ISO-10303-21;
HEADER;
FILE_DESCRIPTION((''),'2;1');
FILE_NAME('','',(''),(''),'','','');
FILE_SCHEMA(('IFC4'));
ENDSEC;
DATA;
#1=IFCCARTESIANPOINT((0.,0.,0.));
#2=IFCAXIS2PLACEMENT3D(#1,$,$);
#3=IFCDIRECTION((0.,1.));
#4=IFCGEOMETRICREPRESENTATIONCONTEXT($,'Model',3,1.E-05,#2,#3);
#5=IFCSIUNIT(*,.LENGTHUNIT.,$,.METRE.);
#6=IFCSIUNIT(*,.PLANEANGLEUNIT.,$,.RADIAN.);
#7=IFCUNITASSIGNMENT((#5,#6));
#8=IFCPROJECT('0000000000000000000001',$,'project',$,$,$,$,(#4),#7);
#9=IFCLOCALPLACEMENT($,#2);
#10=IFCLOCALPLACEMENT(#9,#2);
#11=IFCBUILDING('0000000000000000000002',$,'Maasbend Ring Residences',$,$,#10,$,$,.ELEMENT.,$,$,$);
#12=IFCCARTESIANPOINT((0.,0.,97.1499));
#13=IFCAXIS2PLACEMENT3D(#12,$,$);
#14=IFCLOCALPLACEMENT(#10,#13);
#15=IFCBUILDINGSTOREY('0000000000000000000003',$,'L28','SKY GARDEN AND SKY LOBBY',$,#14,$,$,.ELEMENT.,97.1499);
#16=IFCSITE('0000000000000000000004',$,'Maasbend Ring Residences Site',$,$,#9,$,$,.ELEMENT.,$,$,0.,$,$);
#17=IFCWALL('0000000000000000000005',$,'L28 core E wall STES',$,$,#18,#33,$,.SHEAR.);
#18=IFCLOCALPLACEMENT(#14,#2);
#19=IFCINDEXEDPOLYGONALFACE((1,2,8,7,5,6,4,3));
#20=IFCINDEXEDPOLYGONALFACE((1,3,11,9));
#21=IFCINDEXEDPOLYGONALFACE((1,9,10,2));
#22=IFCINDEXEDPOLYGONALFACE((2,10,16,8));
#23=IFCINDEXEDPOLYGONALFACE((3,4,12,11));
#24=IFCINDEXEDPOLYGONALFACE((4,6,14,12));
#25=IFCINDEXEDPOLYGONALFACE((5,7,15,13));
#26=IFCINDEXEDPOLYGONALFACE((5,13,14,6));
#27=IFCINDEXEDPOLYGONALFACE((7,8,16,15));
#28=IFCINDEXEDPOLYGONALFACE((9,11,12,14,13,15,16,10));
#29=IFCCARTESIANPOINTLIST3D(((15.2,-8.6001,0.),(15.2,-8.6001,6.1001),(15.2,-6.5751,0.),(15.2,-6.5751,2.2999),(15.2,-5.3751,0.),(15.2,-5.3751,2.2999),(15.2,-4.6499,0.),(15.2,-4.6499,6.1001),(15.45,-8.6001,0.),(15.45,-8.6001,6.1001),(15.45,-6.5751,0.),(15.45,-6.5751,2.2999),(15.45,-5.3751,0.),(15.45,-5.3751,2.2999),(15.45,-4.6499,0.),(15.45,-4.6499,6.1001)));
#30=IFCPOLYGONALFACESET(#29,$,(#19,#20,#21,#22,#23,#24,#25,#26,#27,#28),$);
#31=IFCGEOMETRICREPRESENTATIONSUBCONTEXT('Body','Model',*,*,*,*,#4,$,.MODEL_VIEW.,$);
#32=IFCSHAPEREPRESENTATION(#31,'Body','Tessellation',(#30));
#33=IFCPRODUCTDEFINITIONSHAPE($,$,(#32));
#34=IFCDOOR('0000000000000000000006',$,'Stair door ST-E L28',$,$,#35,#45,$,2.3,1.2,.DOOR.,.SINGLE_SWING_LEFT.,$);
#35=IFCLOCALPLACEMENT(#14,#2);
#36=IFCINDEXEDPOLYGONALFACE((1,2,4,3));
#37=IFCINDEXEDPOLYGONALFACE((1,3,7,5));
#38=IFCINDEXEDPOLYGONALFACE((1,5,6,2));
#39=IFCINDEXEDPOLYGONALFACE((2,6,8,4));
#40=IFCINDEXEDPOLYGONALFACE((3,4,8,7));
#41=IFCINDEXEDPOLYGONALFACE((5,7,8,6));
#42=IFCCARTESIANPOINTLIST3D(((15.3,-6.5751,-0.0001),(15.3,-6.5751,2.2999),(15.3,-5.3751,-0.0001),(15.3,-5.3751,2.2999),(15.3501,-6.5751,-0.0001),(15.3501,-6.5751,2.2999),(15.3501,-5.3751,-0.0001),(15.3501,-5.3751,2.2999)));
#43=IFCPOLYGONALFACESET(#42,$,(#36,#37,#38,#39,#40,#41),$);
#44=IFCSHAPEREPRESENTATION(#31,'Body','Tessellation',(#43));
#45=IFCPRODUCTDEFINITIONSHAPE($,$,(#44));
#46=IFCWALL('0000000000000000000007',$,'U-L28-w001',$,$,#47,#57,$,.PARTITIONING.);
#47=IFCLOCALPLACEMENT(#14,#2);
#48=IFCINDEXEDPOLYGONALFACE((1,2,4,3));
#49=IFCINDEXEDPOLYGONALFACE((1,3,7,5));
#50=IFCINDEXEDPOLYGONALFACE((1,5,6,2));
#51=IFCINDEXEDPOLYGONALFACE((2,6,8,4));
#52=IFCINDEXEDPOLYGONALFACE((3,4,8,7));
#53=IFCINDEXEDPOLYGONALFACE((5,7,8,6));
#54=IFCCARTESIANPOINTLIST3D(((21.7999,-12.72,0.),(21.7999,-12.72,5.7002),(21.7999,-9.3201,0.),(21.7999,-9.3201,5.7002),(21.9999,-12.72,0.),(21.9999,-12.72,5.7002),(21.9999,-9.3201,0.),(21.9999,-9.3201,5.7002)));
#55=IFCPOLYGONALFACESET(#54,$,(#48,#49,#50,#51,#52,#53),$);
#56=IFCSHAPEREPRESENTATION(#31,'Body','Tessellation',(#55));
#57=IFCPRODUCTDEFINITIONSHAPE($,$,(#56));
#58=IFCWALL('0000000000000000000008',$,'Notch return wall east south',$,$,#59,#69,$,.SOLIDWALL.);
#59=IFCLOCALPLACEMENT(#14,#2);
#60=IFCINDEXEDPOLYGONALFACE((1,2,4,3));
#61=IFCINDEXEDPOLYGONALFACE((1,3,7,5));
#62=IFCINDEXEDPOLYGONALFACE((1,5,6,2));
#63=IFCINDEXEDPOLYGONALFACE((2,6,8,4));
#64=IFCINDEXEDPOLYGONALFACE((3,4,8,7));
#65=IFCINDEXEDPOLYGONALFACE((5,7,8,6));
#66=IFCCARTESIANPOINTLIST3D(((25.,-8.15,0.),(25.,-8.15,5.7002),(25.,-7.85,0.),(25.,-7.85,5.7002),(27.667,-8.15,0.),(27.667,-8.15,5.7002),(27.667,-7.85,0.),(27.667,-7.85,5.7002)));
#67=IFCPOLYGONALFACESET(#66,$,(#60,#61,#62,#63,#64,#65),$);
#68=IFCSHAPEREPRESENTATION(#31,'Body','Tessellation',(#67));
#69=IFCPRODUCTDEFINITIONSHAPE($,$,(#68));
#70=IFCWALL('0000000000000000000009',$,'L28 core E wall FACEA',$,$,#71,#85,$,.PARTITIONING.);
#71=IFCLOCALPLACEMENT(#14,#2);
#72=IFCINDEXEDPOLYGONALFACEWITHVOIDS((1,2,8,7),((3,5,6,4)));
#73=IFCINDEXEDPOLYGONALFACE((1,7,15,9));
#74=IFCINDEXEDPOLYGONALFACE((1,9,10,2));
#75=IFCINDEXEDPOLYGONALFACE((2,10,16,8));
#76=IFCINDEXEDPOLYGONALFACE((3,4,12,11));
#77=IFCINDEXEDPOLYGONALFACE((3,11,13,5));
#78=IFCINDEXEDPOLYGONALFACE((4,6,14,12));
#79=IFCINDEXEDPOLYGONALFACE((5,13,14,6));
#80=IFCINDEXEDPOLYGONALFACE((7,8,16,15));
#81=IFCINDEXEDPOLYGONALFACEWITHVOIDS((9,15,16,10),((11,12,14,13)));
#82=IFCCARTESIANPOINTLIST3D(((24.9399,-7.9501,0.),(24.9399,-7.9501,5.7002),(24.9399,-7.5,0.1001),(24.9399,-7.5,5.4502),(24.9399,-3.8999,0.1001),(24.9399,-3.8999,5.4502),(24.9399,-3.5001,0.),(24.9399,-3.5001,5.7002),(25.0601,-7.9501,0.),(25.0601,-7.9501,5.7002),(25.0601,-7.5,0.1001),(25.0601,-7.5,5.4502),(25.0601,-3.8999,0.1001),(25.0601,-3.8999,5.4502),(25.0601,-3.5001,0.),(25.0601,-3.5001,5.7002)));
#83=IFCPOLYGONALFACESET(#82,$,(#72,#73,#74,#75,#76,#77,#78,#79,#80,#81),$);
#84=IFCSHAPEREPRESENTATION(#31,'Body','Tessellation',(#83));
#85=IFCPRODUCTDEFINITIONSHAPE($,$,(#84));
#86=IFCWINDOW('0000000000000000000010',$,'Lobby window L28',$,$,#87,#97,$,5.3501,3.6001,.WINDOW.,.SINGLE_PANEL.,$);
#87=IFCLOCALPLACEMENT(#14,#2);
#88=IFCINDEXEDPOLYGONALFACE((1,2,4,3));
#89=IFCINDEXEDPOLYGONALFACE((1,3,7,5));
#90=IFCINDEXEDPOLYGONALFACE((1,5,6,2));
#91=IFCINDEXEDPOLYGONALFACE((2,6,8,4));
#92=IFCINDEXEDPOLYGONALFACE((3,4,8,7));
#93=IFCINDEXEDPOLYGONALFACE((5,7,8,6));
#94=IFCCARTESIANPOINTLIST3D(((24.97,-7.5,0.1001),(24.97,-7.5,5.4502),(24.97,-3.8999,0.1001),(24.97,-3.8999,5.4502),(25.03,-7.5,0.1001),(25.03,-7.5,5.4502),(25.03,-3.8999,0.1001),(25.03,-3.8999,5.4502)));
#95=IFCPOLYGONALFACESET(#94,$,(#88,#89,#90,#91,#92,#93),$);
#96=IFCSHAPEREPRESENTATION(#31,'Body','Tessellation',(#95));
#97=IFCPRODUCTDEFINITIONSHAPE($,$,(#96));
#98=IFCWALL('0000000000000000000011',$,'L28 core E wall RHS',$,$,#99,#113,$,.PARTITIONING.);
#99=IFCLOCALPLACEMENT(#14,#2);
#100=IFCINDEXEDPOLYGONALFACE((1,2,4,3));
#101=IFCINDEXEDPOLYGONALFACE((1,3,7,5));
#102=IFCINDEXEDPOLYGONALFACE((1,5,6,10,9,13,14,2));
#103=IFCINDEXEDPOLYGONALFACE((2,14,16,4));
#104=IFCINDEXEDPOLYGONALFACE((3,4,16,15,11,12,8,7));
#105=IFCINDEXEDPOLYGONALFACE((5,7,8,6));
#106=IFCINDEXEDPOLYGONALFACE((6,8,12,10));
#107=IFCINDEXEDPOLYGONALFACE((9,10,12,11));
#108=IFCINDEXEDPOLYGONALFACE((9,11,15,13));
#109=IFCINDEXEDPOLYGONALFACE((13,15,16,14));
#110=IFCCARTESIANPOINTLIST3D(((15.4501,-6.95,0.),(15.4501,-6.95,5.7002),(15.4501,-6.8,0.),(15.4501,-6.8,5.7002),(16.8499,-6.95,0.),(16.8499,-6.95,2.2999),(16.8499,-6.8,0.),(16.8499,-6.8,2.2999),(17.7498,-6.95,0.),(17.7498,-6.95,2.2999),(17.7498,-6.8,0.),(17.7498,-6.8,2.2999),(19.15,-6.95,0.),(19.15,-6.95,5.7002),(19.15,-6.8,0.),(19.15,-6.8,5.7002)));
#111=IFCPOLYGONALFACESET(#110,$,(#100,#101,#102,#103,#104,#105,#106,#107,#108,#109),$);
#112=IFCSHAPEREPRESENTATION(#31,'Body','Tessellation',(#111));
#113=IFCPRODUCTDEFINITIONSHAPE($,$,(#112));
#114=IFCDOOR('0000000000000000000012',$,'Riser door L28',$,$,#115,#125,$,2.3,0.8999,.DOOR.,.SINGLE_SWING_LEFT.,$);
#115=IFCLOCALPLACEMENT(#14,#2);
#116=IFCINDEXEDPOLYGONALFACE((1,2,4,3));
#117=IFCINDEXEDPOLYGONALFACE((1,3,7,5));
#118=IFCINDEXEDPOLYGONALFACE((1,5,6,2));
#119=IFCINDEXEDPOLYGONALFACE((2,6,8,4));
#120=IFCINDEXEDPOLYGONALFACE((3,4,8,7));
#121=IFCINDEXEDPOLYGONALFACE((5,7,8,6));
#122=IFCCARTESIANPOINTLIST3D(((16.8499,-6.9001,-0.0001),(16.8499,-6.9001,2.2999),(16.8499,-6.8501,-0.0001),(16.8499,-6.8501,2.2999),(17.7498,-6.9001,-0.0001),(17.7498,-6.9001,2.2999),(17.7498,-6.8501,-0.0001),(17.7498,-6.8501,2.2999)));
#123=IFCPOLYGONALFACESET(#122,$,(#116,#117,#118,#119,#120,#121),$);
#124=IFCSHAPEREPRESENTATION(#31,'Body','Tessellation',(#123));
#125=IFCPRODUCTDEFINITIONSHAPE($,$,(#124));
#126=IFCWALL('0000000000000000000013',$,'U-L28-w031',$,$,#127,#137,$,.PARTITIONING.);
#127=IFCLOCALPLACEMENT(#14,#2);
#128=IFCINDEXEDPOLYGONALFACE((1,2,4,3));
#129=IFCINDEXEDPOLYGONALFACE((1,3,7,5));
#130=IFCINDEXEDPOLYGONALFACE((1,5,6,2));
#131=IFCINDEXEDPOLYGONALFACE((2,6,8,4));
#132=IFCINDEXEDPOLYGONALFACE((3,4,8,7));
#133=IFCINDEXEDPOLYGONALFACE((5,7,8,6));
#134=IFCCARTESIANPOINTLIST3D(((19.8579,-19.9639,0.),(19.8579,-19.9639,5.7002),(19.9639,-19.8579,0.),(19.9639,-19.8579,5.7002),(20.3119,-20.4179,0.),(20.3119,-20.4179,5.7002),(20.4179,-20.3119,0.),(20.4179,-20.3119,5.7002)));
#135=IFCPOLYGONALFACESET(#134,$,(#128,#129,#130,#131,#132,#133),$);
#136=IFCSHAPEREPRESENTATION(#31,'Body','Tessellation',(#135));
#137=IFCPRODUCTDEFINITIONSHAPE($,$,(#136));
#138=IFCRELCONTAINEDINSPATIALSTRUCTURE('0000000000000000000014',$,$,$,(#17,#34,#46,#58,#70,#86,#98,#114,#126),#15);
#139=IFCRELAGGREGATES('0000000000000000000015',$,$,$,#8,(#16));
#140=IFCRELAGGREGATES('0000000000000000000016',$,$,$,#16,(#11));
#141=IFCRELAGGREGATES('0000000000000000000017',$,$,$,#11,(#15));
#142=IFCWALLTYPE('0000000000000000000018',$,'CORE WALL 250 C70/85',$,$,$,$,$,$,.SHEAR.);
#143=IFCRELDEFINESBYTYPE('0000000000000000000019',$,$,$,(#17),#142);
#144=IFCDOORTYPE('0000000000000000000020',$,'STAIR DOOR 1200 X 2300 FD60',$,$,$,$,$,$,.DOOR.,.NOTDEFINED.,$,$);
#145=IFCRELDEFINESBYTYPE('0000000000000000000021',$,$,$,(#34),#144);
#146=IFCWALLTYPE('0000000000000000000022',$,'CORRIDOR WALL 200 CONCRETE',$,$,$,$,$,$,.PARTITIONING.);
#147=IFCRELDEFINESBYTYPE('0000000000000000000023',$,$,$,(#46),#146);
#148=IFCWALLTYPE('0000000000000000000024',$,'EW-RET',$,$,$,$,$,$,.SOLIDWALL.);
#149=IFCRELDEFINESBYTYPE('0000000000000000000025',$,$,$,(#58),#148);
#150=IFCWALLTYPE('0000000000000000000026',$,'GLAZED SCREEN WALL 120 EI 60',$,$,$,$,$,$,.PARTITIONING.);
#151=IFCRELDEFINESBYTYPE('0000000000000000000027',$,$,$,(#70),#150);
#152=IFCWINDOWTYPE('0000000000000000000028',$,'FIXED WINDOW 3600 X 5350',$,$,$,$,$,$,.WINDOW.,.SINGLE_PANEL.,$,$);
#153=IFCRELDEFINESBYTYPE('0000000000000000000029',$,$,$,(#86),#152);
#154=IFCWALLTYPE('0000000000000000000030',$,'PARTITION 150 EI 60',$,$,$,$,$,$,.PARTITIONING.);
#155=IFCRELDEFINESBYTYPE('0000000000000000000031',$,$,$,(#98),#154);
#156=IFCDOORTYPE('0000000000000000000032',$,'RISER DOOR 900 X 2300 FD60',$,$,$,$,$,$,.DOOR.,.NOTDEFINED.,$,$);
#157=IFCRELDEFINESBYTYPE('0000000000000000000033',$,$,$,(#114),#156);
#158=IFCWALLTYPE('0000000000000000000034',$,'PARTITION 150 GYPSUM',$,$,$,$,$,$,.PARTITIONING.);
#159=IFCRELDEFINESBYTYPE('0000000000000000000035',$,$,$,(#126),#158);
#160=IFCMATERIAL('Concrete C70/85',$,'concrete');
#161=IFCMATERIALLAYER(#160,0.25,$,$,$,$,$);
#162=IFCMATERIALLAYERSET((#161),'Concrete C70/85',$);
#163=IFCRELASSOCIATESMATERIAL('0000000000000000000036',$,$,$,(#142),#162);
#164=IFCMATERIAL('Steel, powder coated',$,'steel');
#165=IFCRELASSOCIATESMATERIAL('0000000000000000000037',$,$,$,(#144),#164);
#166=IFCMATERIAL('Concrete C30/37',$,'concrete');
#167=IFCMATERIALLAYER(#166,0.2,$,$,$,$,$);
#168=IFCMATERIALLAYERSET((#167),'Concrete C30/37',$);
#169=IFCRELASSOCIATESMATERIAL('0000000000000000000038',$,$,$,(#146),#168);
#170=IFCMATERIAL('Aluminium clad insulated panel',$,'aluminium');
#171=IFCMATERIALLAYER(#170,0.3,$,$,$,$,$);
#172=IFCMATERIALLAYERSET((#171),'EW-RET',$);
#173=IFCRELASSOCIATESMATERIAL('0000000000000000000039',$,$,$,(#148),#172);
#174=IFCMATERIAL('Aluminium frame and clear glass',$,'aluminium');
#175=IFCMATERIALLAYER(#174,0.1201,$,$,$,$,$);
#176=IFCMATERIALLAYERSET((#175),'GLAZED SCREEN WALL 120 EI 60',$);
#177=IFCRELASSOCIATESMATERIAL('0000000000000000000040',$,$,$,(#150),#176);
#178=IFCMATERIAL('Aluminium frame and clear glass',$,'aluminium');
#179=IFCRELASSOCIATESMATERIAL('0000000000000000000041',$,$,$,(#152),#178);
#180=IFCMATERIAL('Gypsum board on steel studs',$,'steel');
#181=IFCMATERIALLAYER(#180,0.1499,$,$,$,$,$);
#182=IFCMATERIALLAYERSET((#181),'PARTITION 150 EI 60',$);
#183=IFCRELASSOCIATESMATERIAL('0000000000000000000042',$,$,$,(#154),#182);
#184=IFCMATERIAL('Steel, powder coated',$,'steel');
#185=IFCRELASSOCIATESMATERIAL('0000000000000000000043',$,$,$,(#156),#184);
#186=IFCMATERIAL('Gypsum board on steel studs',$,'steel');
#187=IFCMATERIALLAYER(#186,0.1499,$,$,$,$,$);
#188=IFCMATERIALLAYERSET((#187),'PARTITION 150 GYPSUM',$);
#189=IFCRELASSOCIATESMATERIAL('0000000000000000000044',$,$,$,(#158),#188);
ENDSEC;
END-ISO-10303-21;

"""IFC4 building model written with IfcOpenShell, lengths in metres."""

from ifc_helpers import new_model, si_unit, direction, frame, frame_2d, origin, place, context, subcontext, project, spatial, rectangle, extrude, material, layer, layer_set, type_object, element, fill, save


model = new_model("IFC4")

# Units and contexts
model_context = context("Model", 3, precision=1e-05, world=origin(), true_north=direction((0.0, 1.0)))
body_context = subcontext(model_context, "Body", "Model", "MODEL_VIEW")
ifc_project = project(units=[si_unit("LENGTHUNIT", "METRE"), si_unit("PLANEANGLEUNIT", "RADIAN")], contexts=[model_context])

# Site, building, storey
site_placement = place(None, origin())
site = spatial("IfcSite", under=ifc_project, at=site_placement, Name="Maasbend Ring Residences Site", CompositionType="ELEMENT", RefElevation=0.0)
building_placement = place(site_placement, origin())
building = spatial("IfcBuilding", under=site, at=building_placement, Name="Maasbend Ring Residences", CompositionType="ELEMENT")
storey_placement = place(building_placement, frame((0.0, 0.0, 97.1499)))
storey = spatial("IfcBuildingStorey", under=building, at=storey_placement, Name="L28", Description="SKY GARDEN AND SKY LOBBY", CompositionType="ELEMENT", Elevation=97.1499)

# Wall, opening, door
ifc_material_1 = material(Name="Concrete C70/85", Category="concrete")
ifc_layer_1 = layer(ifc_material_1, 0.25)
ifc_layer_set_1 = layer_set([ifc_layer_1], Name="Concrete C70/85")
wall_type_1 = type_object("IfcWallType", Name="CORE WALL 250 C70/85", PredefinedType="SHEAR", material=ifc_layer_set_1)
wall_1_placement = place(storey_placement, frame((15.325, -8.6001, 0.0), z_axis=(0.0, 0.0, 1.0), x_axis=(0.0, 1.0, 0.0)))
wall_1 = element("IfcWall", 1, at=wall_1_placement, inside=storey, type_object=wall_type_1, Name="L28 core E wall STES", PredefinedType="SHEAR", context=body_context, shape_type="SweptSolid", body=[
    extrude(rectangle(XDim=3.9502, YDim=0.25, at=frame_2d((1.9751, 0.0))), origin(), (0.0, 0.0, 1.0), 6.1001),
])
opening_1_placement = place(wall_1_placement, frame((2.0249, 0.0, 0.0)))
opening_1 = element("IfcOpeningElement", 2, at=opening_1_placement, cuts=wall_1, PredefinedType="OPENING", context=body_context, shape_type="SweptSolid", body=[
    extrude(rectangle(XDim=1.2, YDim=2.3, at=frame_2d((0.6001, 1.1499))), frame((0.0, 0.135, 0.0), z_axis=(0.0, -1.0, 0.0), x_axis=(1.0, 0.0, 0.0)), (0.0, 0.0, 1.0), 0.27),
])
ifc_material_2 = material(Name="Steel, powder coated", Category="steel")
door_type_1 = type_object("IfcDoorType", Name="STAIR DOOR 1200 X 2300 FD60", OperationType="NOTDEFINED", PredefinedType="DOOR", material=ifc_material_2)
door_1_placement = place(opening_1_placement, origin())
door_1 = element("IfcDoor", 3, at=door_1_placement, inside=storey, type_object=door_type_1, Name="Stair door ST-E L28", OperationType="SINGLE_SWING_LEFT", OverallHeight=2.3, OverallWidth=1.2, PredefinedType="DOOR", context=body_context, shape_type="SweptSolid", body=[
    extrude(rectangle(XDim=1.2, YDim=2.3, at=frame_2d((0.6001, 1.1499))), frame((0.0, 0.0249, 0.0), z_axis=(0.0, -1.0, 0.0), x_axis=(1.0, 0.0, 0.0)), (0.0, 0.0, 1.0), 0.05),
])
fill(opening_1, door_1)

# Walls
ifc_material_3 = material(Name="Concrete C30/37", Category="concrete")
ifc_layer_2 = layer(ifc_material_3, 0.2)
ifc_layer_set_2 = layer_set([ifc_layer_2], Name="Concrete C30/37")
wall_type_2 = type_object("IfcWallType", Name="CORRIDOR WALL 200 CONCRETE", PredefinedType="PARTITIONING", material=ifc_layer_set_2)
wall_2_placement = place(storey_placement, frame((21.8999, -12.72, 0.0), z_axis=(0.0, 0.0, 1.0), x_axis=(0.0, 1.0, 0.0)))
element("IfcWall", 4, at=wall_2_placement, inside=storey, type_object=wall_type_2, Name="U-L28-w001", PredefinedType="PARTITIONING", context=body_context, shape_type="SweptSolid", body=[
    extrude(rectangle(XDim=3.3999, YDim=0.2, at=frame_2d((1.7, 0.0))), origin(), (0.0, 0.0, 1.0), 5.7002),
])
ifc_material_4 = material(Name="Aluminium clad insulated panel", Category="aluminium")
ifc_layer_3 = layer(ifc_material_4, 0.3)
ifc_layer_set_3 = layer_set([ifc_layer_3], Name="EW-RET")
wall_type_3 = type_object("IfcWallType", Name="EW-RET", PredefinedType="SOLIDWALL", material=ifc_layer_set_3)
wall_3_placement = place(storey_placement, frame((25.0, -8.0, 0.0), z_axis=(0.0, 0.0, 1.0), x_axis=(1.0, 0.0, 0.0)))
element("IfcWall", 5, at=wall_3_placement, inside=storey, type_object=wall_type_3, Name="Notch return wall east south", PredefinedType="SOLIDWALL", context=body_context, shape_type="SweptSolid", body=[
    extrude(rectangle(XDim=2.667, YDim=0.3, at=frame_2d((1.3335, 0.0))), origin(), (0.0, 0.0, 1.0), 5.7002),
])

# Wall, opening, window
ifc_material_5 = material(Name="Aluminium frame and clear glass", Category="aluminium")
ifc_layer_4 = layer(ifc_material_5, 0.1201)
ifc_layer_set_4 = layer_set([ifc_layer_4], Name="GLAZED SCREEN WALL 120 EI 60")
wall_type_4 = type_object("IfcWallType", Name="GLAZED SCREEN WALL 120 EI 60", PredefinedType="PARTITIONING", material=ifc_layer_set_4)
wall_4_placement = place(storey_placement, frame((25.0, -3.5, 0.0), z_axis=(0.0, 0.0, 1.0), x_axis=(0.0, -1.0, 0.0)))
wall_4 = element("IfcWall", 6, at=wall_4_placement, inside=storey, type_object=wall_type_4, Name="L28 core E wall FACEA", PredefinedType="PARTITIONING", context=body_context, shape_type="SweptSolid", body=[
    extrude(rectangle(XDim=4.45, YDim=0.1201, at=frame_2d((2.2251, 0.0))), origin(), (0.0, 0.0, 1.0), 5.7002),
])
opening_2_placement = place(wall_4_placement, frame((0.3999, 0.0, 0.1001)))
opening_2 = element("IfcOpeningElement", 7, at=opening_2_placement, cuts=wall_4, PredefinedType="OPENING", context=body_context, shape_type="SweptSolid", body=[
    extrude(rectangle(XDim=3.6001, YDim=5.3501, at=frame_2d((1.8, 2.675))), frame((0.0, 0.0701, 0.0), z_axis=(0.0, -1.0, 0.0), x_axis=(1.0, 0.0, 0.0)), (0.0, 0.0, 1.0), 0.1401),
])
ifc_material_6 = material(Name="Aluminium frame and clear glass", Category="aluminium")
window_type = type_object("IfcWindowType", Name="FIXED WINDOW 3600 X 5350", PartitioningType="SINGLE_PANEL", PredefinedType="WINDOW", material=ifc_material_6)
window_placement = place(opening_2_placement, origin())
window = element("IfcWindow", 8, at=window_placement, inside=storey, type_object=window_type, Name="Lobby window L28", OverallHeight=5.3501, OverallWidth=3.6001, PartitioningType="SINGLE_PANEL", PredefinedType="WINDOW", context=body_context, shape_type="SweptSolid", body=[
    extrude(rectangle(XDim=3.6001, YDim=5.3501, at=frame_2d((1.8, 2.675))), frame((0.0, 0.03, 0.0), z_axis=(0.0, -1.0, 0.0), x_axis=(1.0, 0.0, 0.0)), (0.0, 0.0, 1.0), 0.0601),
])
fill(opening_2, window)

# Wall, opening, door
ifc_material_7 = material(Name="Gypsum board on steel studs", Category="steel")
ifc_layer_5 = layer(ifc_material_7, 0.1499)
ifc_layer_set_5 = layer_set([ifc_layer_5], Name="PARTITION 150 EI 60")
wall_type_5 = type_object("IfcWallType", Name="PARTITION 150 EI 60", PredefinedType="PARTITIONING", material=ifc_layer_set_5)
wall_5_placement = place(storey_placement, frame((15.45, -6.875, 0.0), z_axis=(0.0, 0.0, 1.0), x_axis=(1.0, 0.0, 0.0)))
wall_5 = element("IfcWall", 9, at=wall_5_placement, inside=storey, type_object=wall_type_5, Name="L28 core E wall RHS", PredefinedType="PARTITIONING", context=body_context, shape_type="SweptSolid", body=[
    extrude(rectangle(XDim=3.7, YDim=0.1499, at=frame_2d((1.8501, 0.0))), origin(), (0.0, 0.0, 1.0), 5.7002),
])
opening_3_placement = place(wall_5_placement, frame((1.3999, 0.0, 0.0)))
opening_3 = element("IfcOpeningElement", 10, at=opening_3_placement, cuts=wall_5, PredefinedType="OPENING", context=body_context, shape_type="SweptSolid", body=[
    extrude(rectangle(XDim=0.8999, YDim=2.3, at=frame_2d((0.45, 1.1499))), frame((0.0, 0.085, 0.0), z_axis=(0.0, -1.0, 0.0), x_axis=(1.0, 0.0, 0.0)), (0.0, 0.0, 1.0), 0.1699),
])
ifc_material_8 = material(Name="Steel, powder coated", Category="steel")
door_type_2 = type_object("IfcDoorType", Name="RISER DOOR 900 X 2300 FD60", OperationType="NOTDEFINED", PredefinedType="DOOR", material=ifc_material_8)
door_2_placement = place(opening_3_placement, origin())
door_2 = element("IfcDoor", 11, at=door_2_placement, inside=storey, type_object=door_type_2, Name="Riser door L28", OperationType="SINGLE_SWING_LEFT", OverallHeight=2.3, OverallWidth=0.8999, PredefinedType="DOOR", context=body_context, shape_type="SweptSolid", body=[
    extrude(rectangle(XDim=0.8999, YDim=2.3, at=frame_2d((0.45, 1.1499))), frame((0.0, 0.0249, 0.0), z_axis=(0.0, -1.0, 0.0), x_axis=(1.0, 0.0, 0.0)), (0.0, 0.0, 1.0), 0.05),
])
fill(opening_3, door_2)

# Wall
ifc_material_9 = material(Name="Gypsum board on steel studs", Category="steel")
ifc_layer_6 = layer(ifc_material_9, 0.1499)
ifc_layer_set_6 = layer_set([ifc_layer_6], Name="PARTITION 150 GYPSUM")
wall_type_6 = type_object("IfcWallType", Name="PARTITION 150 GYPSUM", PredefinedType="PARTITIONING", material=ifc_layer_set_6)
wall_6_placement = place(storey_placement, frame((19.9109, -19.9109, 0.0), z_axis=(0.0, 0.0, 1.0), x_axis=(0.707107, -0.707107, 0.0)))
element("IfcWall", 12, at=wall_6_placement, inside=storey, type_object=wall_type_6, Name="U-L28-w031", PredefinedType="PARTITIONING", context=body_context, shape_type="SweptSolid", body=[
    extrude(rectangle(XDim=0.6421, YDim=0.1499, at=frame_2d((0.321, 0.0))), origin(), (0.0, 0.0, 1.0), 5.7002),
])

save(model, "model.ifc")
